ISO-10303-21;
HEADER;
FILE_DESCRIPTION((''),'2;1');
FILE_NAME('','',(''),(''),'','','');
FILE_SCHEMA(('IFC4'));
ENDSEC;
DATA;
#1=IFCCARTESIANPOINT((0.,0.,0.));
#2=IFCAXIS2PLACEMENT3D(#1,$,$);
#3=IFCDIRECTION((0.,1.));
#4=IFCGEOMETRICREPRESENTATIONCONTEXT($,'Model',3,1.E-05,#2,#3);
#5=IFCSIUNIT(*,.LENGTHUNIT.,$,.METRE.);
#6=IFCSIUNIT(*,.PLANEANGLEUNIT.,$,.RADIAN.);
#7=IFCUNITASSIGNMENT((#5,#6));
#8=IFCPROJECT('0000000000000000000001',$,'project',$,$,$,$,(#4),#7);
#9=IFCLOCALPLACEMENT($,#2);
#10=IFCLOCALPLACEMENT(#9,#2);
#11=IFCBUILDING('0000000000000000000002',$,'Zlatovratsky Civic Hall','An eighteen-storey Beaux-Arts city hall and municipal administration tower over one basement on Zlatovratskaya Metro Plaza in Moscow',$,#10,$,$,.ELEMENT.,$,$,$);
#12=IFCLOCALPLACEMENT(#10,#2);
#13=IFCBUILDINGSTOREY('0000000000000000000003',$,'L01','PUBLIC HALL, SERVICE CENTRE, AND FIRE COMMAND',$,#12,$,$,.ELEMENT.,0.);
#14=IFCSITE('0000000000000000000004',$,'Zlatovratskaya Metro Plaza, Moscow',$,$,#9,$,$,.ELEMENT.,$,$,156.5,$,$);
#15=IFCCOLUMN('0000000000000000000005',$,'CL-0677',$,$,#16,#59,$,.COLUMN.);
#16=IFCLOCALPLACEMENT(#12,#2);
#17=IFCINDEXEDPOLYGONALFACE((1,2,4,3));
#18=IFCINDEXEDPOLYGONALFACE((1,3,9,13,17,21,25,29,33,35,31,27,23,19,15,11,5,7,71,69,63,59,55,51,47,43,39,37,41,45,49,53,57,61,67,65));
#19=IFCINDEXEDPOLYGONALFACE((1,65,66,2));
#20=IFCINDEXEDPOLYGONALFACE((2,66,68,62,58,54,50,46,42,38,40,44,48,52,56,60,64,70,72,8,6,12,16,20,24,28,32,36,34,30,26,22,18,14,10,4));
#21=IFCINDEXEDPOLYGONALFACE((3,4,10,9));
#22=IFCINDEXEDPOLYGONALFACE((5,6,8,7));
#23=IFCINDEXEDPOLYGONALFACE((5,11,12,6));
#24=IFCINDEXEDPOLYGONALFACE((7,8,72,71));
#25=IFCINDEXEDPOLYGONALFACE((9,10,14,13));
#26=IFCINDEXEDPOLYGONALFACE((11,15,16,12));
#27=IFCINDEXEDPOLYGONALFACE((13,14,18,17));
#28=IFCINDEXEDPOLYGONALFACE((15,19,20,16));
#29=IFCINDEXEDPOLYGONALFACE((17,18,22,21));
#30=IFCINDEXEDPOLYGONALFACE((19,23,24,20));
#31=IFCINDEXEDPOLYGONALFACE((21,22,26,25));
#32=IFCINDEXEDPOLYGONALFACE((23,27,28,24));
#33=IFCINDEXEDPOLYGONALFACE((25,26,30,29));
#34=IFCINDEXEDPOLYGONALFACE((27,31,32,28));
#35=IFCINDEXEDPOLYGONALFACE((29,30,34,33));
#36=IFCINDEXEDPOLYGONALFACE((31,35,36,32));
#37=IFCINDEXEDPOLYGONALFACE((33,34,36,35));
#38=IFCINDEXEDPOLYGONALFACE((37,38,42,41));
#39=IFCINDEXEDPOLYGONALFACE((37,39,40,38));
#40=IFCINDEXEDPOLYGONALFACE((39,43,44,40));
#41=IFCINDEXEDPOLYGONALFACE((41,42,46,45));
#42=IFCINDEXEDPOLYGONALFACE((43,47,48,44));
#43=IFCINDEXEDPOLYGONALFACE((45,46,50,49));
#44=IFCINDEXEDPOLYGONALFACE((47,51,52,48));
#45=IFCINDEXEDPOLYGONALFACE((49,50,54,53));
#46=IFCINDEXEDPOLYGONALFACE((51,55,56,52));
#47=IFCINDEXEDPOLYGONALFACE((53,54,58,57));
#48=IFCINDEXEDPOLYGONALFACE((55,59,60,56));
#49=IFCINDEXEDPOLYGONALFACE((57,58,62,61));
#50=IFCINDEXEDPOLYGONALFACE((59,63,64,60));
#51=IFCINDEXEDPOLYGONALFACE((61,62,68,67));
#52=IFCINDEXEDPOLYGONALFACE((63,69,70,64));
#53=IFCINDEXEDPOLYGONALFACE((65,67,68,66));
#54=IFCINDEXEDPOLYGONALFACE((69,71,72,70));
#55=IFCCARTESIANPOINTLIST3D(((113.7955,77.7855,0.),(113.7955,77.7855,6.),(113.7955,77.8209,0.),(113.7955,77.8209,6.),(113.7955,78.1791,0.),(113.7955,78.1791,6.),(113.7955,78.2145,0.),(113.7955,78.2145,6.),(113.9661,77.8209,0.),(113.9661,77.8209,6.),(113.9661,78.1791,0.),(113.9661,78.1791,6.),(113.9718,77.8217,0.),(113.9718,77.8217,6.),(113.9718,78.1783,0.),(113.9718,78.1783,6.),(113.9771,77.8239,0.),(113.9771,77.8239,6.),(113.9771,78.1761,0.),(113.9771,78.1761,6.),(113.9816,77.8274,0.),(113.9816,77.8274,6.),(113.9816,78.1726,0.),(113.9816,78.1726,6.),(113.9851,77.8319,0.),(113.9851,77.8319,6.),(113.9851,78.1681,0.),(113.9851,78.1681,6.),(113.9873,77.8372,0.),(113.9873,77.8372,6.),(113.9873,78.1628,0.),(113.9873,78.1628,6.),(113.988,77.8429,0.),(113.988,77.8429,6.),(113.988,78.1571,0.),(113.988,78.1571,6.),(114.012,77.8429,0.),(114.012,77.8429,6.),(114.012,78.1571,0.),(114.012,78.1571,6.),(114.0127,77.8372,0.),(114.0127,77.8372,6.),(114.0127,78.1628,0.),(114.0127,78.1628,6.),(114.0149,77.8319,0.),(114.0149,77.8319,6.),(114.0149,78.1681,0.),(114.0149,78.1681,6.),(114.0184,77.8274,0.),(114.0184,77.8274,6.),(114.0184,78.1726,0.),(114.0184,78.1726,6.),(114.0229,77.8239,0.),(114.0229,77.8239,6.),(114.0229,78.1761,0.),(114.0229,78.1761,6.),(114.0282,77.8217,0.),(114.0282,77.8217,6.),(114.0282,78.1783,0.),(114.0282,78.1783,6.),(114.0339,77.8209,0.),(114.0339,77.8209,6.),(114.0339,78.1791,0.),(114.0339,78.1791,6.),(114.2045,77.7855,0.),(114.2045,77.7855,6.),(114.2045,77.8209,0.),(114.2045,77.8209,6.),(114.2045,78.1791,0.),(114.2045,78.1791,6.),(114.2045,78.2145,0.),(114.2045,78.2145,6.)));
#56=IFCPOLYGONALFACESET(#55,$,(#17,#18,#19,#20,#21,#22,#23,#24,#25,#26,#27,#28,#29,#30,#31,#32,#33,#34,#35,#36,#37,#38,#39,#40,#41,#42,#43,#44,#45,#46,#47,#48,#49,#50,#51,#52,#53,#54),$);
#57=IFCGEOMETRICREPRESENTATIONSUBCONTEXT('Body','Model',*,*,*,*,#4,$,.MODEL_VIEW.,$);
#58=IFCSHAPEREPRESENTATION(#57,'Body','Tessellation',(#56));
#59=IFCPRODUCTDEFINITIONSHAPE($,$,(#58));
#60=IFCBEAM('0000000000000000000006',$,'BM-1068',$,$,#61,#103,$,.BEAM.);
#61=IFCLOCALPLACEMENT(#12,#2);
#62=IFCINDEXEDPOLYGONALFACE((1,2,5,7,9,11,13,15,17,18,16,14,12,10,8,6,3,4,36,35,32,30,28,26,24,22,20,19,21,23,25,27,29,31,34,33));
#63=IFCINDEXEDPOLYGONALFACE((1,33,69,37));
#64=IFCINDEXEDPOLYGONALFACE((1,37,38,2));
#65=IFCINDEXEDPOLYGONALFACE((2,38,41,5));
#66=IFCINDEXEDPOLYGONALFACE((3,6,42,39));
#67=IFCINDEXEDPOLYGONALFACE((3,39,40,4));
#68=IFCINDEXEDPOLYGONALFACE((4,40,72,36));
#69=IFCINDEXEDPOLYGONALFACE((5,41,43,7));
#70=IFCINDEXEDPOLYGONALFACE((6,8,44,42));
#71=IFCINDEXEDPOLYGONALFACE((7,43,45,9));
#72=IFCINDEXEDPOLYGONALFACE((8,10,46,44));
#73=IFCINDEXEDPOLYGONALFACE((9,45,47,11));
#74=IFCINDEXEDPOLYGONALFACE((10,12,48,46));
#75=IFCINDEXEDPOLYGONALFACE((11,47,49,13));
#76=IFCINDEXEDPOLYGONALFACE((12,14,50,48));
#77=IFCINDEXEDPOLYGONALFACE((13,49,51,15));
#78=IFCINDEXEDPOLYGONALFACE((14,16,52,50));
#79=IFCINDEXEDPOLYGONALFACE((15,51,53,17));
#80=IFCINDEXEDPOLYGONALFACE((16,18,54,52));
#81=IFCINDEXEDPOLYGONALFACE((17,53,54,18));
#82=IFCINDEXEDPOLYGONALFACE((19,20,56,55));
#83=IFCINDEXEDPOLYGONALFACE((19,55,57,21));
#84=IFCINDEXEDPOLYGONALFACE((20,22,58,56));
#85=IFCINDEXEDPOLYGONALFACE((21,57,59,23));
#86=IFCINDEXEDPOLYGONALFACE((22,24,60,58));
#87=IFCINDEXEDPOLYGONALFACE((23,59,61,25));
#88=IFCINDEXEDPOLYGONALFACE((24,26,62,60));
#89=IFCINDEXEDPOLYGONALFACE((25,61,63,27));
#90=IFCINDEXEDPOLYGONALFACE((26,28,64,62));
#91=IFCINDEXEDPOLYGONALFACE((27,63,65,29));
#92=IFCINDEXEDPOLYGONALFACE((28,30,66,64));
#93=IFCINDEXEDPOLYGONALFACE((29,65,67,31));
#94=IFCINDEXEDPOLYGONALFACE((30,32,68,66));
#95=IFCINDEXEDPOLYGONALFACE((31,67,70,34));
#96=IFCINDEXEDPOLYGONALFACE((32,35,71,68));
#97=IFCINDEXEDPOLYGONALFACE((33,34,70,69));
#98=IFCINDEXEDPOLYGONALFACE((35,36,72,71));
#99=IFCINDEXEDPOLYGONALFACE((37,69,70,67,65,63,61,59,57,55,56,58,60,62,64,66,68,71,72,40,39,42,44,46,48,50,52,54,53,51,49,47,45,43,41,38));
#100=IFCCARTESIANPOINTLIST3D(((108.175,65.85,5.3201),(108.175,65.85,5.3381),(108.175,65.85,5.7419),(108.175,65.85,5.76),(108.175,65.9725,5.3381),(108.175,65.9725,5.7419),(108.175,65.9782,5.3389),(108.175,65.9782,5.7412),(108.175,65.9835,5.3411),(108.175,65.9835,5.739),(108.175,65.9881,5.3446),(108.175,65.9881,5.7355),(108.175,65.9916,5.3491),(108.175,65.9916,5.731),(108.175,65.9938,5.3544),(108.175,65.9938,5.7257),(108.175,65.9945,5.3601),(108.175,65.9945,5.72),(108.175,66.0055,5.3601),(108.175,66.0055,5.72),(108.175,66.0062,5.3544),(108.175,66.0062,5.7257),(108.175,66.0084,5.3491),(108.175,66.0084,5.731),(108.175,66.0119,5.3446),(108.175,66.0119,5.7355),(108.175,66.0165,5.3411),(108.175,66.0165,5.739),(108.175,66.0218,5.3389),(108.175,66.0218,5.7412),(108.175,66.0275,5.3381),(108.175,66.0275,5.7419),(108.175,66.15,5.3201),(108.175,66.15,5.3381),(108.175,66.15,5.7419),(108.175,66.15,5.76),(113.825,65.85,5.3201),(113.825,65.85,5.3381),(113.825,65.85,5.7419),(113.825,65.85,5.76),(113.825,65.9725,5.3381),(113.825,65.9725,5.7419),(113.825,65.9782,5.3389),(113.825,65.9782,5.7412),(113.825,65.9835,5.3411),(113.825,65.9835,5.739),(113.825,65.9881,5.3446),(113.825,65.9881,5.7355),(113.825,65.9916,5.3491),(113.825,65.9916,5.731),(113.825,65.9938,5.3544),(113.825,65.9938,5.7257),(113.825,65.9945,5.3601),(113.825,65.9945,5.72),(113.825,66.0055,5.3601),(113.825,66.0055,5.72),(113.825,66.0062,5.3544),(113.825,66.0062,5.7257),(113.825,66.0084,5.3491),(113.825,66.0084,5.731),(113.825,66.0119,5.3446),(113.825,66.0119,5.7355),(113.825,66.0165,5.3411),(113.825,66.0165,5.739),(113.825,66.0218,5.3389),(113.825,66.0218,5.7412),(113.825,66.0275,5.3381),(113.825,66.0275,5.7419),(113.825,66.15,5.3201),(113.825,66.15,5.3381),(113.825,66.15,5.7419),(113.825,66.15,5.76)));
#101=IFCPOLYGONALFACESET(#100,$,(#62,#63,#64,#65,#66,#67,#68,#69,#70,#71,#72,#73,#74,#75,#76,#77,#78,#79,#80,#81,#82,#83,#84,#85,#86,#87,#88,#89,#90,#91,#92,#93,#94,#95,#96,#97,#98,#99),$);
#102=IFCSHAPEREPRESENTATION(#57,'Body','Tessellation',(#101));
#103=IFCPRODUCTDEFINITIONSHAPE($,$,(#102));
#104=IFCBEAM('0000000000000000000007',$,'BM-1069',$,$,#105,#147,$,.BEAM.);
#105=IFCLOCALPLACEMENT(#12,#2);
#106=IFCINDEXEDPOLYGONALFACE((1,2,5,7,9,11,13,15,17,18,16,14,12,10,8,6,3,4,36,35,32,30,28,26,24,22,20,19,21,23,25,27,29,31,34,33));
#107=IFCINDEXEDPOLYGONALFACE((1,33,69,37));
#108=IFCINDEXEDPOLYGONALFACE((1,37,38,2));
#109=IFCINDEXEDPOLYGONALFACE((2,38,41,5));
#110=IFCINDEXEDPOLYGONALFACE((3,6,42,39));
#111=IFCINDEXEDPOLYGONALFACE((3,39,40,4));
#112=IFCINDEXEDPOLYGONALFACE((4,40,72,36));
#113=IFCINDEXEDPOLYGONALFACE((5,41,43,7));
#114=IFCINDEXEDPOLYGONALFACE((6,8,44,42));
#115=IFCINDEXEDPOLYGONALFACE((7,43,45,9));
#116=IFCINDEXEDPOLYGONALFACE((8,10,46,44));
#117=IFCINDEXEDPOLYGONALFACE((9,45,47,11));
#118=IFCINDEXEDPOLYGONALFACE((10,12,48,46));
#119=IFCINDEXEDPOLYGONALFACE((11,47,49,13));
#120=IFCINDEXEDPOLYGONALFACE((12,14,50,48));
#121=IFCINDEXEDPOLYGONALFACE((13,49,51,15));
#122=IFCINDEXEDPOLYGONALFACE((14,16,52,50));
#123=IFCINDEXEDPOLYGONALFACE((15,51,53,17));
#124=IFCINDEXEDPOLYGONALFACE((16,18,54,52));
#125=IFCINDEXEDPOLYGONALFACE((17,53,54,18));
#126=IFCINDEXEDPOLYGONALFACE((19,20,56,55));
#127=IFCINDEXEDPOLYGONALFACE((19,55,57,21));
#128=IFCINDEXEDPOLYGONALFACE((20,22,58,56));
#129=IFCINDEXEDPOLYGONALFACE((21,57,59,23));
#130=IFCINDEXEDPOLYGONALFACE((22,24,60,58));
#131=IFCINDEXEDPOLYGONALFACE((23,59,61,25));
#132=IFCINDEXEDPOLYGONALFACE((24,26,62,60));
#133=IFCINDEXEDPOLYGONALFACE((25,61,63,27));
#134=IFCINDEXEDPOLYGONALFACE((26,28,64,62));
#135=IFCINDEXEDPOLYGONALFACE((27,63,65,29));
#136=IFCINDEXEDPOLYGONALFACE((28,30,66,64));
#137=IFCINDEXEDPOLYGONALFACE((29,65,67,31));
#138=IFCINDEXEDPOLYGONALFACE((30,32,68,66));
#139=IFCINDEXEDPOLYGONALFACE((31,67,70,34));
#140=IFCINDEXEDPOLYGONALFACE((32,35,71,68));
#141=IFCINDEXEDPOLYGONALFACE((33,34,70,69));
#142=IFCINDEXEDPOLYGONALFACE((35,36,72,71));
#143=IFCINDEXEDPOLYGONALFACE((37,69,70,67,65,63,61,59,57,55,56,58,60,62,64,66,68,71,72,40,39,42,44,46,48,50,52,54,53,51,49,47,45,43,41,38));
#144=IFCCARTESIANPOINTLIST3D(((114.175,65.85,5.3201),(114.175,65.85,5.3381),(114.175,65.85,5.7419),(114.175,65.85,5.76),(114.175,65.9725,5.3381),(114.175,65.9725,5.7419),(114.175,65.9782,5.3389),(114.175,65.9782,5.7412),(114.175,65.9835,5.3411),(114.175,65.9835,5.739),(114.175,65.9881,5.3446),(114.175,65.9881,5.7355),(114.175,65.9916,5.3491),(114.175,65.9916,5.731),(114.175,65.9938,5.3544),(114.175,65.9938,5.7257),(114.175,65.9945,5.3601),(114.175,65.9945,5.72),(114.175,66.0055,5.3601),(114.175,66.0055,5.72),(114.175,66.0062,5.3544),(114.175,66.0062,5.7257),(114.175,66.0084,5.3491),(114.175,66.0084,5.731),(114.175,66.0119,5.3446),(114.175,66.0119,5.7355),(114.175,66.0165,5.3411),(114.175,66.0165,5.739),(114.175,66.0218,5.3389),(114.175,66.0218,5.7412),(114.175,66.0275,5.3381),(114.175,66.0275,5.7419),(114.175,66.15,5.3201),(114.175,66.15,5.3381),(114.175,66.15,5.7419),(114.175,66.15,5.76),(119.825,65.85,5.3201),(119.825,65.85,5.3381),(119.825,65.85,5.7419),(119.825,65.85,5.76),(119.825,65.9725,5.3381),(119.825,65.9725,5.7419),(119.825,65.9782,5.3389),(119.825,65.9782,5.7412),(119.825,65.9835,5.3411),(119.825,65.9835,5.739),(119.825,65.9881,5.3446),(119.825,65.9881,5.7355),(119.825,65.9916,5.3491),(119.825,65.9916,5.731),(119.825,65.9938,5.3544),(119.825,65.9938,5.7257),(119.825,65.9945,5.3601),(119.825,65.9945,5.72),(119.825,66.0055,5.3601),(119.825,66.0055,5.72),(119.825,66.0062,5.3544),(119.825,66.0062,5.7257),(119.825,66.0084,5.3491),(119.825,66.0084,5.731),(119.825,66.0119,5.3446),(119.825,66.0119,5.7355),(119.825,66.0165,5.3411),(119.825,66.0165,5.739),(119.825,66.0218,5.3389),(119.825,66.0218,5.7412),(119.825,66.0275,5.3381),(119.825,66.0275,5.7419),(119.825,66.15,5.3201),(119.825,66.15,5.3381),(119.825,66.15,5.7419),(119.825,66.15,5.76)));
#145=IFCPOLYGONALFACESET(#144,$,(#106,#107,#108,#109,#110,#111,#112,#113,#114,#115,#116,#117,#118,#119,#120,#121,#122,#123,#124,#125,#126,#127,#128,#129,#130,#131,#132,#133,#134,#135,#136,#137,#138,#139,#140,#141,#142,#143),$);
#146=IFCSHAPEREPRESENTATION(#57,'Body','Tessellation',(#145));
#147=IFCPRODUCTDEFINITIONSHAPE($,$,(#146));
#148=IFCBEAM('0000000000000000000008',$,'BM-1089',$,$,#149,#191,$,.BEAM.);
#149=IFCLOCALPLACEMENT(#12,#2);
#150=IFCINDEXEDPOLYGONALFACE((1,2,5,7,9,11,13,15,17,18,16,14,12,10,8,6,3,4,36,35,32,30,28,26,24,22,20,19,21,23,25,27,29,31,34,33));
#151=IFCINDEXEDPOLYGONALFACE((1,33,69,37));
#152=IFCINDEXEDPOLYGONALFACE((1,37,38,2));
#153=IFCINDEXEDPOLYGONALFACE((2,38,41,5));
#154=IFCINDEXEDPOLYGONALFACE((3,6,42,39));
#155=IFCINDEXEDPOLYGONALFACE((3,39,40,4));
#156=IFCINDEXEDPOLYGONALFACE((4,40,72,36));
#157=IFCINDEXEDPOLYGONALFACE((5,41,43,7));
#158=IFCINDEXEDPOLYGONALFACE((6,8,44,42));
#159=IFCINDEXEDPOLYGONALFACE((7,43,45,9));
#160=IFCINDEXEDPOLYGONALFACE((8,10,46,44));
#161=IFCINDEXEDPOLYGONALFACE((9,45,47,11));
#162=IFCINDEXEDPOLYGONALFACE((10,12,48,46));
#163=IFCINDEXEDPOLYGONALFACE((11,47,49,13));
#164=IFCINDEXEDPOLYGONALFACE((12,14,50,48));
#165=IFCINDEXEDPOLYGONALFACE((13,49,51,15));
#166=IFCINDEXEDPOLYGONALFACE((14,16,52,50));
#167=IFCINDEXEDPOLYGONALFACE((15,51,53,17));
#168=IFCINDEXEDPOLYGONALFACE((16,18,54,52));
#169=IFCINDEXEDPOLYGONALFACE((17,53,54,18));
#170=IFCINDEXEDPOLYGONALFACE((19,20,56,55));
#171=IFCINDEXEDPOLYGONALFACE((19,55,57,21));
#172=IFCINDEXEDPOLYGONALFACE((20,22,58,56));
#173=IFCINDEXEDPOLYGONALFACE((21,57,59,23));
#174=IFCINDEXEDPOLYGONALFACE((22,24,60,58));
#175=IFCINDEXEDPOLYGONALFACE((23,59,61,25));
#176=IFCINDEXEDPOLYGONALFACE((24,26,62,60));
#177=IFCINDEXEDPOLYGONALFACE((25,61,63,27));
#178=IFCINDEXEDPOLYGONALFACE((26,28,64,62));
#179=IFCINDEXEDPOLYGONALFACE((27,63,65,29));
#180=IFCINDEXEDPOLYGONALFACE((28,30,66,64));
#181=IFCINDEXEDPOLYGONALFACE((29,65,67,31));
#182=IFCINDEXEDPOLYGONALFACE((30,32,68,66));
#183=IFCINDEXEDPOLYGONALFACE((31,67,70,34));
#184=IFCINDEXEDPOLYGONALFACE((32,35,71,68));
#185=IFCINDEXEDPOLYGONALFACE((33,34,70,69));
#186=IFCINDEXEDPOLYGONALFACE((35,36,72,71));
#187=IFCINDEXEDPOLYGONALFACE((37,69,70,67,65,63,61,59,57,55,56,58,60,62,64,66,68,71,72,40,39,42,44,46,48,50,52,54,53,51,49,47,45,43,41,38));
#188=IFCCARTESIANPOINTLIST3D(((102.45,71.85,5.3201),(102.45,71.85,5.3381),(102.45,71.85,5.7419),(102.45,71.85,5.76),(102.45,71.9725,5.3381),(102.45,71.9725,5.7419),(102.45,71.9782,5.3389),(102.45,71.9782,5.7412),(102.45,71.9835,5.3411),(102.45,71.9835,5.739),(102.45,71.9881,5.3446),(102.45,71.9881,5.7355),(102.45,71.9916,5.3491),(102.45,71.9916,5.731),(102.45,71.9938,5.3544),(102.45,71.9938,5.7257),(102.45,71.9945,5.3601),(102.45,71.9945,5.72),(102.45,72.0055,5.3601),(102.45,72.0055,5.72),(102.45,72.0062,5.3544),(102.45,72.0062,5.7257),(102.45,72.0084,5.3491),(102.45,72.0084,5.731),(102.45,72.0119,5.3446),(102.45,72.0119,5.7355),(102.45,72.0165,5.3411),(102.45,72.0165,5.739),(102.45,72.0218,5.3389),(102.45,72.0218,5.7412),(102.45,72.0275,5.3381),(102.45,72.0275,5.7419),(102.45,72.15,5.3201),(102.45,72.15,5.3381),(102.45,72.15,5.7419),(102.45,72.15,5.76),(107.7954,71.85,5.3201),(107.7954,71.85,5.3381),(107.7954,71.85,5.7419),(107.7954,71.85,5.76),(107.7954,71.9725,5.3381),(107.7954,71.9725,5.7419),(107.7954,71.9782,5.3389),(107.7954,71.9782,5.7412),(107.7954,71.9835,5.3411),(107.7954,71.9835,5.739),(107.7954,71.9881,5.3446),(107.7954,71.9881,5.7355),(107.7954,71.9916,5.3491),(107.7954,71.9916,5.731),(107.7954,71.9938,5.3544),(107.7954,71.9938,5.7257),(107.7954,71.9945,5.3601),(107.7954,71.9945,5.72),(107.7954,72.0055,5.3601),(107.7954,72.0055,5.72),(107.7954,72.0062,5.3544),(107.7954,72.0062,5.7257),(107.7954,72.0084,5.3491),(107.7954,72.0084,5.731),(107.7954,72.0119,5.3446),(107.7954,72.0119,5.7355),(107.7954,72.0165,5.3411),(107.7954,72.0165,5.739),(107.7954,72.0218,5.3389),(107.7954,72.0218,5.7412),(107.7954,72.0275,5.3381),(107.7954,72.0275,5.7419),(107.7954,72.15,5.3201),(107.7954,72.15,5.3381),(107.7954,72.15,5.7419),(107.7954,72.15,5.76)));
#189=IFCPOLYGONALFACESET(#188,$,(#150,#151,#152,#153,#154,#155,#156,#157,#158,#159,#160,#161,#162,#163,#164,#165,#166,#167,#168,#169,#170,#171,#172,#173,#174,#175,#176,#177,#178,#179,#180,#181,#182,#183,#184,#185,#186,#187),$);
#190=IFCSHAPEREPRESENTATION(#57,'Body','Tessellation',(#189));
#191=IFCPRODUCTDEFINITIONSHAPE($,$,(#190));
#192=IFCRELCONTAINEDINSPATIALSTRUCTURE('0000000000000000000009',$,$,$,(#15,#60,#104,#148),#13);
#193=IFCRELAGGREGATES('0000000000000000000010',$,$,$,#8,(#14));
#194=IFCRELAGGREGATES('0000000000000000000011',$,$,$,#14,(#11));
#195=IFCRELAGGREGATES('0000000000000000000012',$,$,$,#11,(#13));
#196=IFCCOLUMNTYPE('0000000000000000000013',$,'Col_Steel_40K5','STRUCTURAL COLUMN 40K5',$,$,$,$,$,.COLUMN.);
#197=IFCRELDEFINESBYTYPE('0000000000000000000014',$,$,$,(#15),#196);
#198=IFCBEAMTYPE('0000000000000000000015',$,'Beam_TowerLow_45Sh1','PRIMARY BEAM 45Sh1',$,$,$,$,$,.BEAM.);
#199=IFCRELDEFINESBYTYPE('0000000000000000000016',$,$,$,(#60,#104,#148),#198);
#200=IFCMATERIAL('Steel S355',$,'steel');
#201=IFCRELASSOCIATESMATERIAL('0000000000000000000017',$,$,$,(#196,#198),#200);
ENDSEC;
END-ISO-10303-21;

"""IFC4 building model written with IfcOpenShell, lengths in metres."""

from ifc_helpers import new_model, si_unit, direction, frame, origin, origin_2d, place, context, subcontext, project, spatial, i_section, extrude, material, material_profile, profile_set, type_object, element, save


model = new_model("IFC4")

# Units and contexts
model_context = context("Model", 3, precision=1e-05, world=origin(), true_north=direction((0.0, 1.0)))
body_context = subcontext(model_context, "Body", "Model", "MODEL_VIEW")
ifc_project = project(units=[si_unit("LENGTHUNIT", "METRE"), si_unit("PLANEANGLEUNIT", "RADIAN")], contexts=[model_context])

# Site, building, storey
site_placement = place(None, origin())
site = spatial("IfcSite", under=ifc_project, at=site_placement, Name="Zlatovratskaya Metro Plaza, Moscow", CompositionType="ELEMENT", RefElevation=156.5)
building_placement = place(site_placement, origin())
building = spatial("IfcBuilding", under=site, at=building_placement, Name="Zlatovratsky Civic Hall", Description="An eighteen-storey Beaux-Arts city hall and municipal administration tower over one basement on Zlatovratskaya Metro Plaza in Moscow", CompositionType="ELEMENT")
storey_placement = place(building_placement, origin())
storey = spatial("IfcBuildingStorey", under=building, at=storey_placement, Name="L01", Description="PUBLIC HALL, SERVICE CENTRE, AND FIRE COMMAND", CompositionType="ELEMENT", Elevation=0.0)

# Column
ifc_material_1 = material(Name="Steel S355", Category="steel")
ifc_material_profile_1 = material_profile(ifc_material_1, i_section(OverallWidth=0.4089, OverallDepth=0.429, WebThickness=0.0239, FlangeThickness=0.0354, FilletRadius=0.022, at=origin_2d()), Name="40K5")
ifc_profile_set_1 = profile_set([ifc_material_profile_1], Name="Steel S355")
column_type_1 = type_object("IfcColumnType", Name="Col_Steel_40K5", Description="STRUCTURAL COLUMN 40K5", PredefinedType="COLUMN", material=ifc_profile_set_1)
for number, where, z_axis, x_axis, name in (
    (1, (114.0, 78.0, 0.0), (0.0, 0.0, 1.0), (1.0, 0.0, 0.0), "CL-0677"),
):
    element("IfcColumn", number, at=place(storey_placement, frame(where, z_axis=z_axis, x_axis=x_axis)), inside=storey, type_object=column_type_1, Name=name, PredefinedType="COLUMN", context=body_context, shape_type="SweptSolid", body=[
        extrude(i_section(OverallWidth=0.4089, OverallDepth=0.429, WebThickness=0.0239, FlangeThickness=0.0354, FilletRadius=0.022, at=origin_2d()), origin(), (0.0, 0.0, 1.0), 6.0),
    ])

# Beams
ifc_material_profile_2 = material_profile(ifc_material_1, i_section(OverallWidth=0.3, OverallDepth=0.4399, WebThickness=0.011, FlangeThickness=0.0181, FilletRadius=0.022, at=origin_2d()), Name="45Sh1")
ifc_profile_set_2 = profile_set([ifc_material_profile_2], Name="Steel S355")
beam_type = type_object("IfcBeamType", Name="Beam_TowerLow_45Sh1", Description="PRIMARY BEAM 45Sh1", PredefinedType="BEAM", material=ifc_profile_set_2)
for number, where, z_axis, x_axis, name in (
    (2, (108.175, 66.0, 5.54), (1.0, 0.0, 0.0), (0.0, 1.0, 0.0), "BM-1068"),
    (3, (114.175, 66.0, 5.54), (1.0, 0.0, 0.0), (0.0, 1.0, 0.0), "BM-1069"),
):
    element("IfcBeam", number, at=place(storey_placement, frame(where, z_axis=z_axis, x_axis=x_axis)), inside=storey, type_object=beam_type, Name=name, PredefinedType="BEAM", context=body_context, shape_type="SweptSolid", body=[
        extrude(i_section(OverallWidth=0.3, OverallDepth=0.4399, WebThickness=0.011, FlangeThickness=0.0181, FilletRadius=0.022, at=origin_2d()), origin(), (0.0, 0.0, 1.0), 5.6499),
    ])
beam_1_placement = place(storey_placement, frame((102.45, 72.0, 5.54), z_axis=(1.0, 0.0, 0.0), x_axis=(0.0, 1.0, 0.0)))
element("IfcBeam", 4, at=beam_1_placement, inside=storey, type_object=beam_type, Name="BM-1089", PredefinedType="BEAM", context=body_context, shape_type="SweptSolid", body=[
    extrude(i_section(OverallWidth=0.3, OverallDepth=0.4399, WebThickness=0.011, FlangeThickness=0.0181, FilletRadius=0.022, at=origin_2d()), origin(), (0.0, 0.0, 1.0), 5.3455),
])

save(model, "model.ifc")
